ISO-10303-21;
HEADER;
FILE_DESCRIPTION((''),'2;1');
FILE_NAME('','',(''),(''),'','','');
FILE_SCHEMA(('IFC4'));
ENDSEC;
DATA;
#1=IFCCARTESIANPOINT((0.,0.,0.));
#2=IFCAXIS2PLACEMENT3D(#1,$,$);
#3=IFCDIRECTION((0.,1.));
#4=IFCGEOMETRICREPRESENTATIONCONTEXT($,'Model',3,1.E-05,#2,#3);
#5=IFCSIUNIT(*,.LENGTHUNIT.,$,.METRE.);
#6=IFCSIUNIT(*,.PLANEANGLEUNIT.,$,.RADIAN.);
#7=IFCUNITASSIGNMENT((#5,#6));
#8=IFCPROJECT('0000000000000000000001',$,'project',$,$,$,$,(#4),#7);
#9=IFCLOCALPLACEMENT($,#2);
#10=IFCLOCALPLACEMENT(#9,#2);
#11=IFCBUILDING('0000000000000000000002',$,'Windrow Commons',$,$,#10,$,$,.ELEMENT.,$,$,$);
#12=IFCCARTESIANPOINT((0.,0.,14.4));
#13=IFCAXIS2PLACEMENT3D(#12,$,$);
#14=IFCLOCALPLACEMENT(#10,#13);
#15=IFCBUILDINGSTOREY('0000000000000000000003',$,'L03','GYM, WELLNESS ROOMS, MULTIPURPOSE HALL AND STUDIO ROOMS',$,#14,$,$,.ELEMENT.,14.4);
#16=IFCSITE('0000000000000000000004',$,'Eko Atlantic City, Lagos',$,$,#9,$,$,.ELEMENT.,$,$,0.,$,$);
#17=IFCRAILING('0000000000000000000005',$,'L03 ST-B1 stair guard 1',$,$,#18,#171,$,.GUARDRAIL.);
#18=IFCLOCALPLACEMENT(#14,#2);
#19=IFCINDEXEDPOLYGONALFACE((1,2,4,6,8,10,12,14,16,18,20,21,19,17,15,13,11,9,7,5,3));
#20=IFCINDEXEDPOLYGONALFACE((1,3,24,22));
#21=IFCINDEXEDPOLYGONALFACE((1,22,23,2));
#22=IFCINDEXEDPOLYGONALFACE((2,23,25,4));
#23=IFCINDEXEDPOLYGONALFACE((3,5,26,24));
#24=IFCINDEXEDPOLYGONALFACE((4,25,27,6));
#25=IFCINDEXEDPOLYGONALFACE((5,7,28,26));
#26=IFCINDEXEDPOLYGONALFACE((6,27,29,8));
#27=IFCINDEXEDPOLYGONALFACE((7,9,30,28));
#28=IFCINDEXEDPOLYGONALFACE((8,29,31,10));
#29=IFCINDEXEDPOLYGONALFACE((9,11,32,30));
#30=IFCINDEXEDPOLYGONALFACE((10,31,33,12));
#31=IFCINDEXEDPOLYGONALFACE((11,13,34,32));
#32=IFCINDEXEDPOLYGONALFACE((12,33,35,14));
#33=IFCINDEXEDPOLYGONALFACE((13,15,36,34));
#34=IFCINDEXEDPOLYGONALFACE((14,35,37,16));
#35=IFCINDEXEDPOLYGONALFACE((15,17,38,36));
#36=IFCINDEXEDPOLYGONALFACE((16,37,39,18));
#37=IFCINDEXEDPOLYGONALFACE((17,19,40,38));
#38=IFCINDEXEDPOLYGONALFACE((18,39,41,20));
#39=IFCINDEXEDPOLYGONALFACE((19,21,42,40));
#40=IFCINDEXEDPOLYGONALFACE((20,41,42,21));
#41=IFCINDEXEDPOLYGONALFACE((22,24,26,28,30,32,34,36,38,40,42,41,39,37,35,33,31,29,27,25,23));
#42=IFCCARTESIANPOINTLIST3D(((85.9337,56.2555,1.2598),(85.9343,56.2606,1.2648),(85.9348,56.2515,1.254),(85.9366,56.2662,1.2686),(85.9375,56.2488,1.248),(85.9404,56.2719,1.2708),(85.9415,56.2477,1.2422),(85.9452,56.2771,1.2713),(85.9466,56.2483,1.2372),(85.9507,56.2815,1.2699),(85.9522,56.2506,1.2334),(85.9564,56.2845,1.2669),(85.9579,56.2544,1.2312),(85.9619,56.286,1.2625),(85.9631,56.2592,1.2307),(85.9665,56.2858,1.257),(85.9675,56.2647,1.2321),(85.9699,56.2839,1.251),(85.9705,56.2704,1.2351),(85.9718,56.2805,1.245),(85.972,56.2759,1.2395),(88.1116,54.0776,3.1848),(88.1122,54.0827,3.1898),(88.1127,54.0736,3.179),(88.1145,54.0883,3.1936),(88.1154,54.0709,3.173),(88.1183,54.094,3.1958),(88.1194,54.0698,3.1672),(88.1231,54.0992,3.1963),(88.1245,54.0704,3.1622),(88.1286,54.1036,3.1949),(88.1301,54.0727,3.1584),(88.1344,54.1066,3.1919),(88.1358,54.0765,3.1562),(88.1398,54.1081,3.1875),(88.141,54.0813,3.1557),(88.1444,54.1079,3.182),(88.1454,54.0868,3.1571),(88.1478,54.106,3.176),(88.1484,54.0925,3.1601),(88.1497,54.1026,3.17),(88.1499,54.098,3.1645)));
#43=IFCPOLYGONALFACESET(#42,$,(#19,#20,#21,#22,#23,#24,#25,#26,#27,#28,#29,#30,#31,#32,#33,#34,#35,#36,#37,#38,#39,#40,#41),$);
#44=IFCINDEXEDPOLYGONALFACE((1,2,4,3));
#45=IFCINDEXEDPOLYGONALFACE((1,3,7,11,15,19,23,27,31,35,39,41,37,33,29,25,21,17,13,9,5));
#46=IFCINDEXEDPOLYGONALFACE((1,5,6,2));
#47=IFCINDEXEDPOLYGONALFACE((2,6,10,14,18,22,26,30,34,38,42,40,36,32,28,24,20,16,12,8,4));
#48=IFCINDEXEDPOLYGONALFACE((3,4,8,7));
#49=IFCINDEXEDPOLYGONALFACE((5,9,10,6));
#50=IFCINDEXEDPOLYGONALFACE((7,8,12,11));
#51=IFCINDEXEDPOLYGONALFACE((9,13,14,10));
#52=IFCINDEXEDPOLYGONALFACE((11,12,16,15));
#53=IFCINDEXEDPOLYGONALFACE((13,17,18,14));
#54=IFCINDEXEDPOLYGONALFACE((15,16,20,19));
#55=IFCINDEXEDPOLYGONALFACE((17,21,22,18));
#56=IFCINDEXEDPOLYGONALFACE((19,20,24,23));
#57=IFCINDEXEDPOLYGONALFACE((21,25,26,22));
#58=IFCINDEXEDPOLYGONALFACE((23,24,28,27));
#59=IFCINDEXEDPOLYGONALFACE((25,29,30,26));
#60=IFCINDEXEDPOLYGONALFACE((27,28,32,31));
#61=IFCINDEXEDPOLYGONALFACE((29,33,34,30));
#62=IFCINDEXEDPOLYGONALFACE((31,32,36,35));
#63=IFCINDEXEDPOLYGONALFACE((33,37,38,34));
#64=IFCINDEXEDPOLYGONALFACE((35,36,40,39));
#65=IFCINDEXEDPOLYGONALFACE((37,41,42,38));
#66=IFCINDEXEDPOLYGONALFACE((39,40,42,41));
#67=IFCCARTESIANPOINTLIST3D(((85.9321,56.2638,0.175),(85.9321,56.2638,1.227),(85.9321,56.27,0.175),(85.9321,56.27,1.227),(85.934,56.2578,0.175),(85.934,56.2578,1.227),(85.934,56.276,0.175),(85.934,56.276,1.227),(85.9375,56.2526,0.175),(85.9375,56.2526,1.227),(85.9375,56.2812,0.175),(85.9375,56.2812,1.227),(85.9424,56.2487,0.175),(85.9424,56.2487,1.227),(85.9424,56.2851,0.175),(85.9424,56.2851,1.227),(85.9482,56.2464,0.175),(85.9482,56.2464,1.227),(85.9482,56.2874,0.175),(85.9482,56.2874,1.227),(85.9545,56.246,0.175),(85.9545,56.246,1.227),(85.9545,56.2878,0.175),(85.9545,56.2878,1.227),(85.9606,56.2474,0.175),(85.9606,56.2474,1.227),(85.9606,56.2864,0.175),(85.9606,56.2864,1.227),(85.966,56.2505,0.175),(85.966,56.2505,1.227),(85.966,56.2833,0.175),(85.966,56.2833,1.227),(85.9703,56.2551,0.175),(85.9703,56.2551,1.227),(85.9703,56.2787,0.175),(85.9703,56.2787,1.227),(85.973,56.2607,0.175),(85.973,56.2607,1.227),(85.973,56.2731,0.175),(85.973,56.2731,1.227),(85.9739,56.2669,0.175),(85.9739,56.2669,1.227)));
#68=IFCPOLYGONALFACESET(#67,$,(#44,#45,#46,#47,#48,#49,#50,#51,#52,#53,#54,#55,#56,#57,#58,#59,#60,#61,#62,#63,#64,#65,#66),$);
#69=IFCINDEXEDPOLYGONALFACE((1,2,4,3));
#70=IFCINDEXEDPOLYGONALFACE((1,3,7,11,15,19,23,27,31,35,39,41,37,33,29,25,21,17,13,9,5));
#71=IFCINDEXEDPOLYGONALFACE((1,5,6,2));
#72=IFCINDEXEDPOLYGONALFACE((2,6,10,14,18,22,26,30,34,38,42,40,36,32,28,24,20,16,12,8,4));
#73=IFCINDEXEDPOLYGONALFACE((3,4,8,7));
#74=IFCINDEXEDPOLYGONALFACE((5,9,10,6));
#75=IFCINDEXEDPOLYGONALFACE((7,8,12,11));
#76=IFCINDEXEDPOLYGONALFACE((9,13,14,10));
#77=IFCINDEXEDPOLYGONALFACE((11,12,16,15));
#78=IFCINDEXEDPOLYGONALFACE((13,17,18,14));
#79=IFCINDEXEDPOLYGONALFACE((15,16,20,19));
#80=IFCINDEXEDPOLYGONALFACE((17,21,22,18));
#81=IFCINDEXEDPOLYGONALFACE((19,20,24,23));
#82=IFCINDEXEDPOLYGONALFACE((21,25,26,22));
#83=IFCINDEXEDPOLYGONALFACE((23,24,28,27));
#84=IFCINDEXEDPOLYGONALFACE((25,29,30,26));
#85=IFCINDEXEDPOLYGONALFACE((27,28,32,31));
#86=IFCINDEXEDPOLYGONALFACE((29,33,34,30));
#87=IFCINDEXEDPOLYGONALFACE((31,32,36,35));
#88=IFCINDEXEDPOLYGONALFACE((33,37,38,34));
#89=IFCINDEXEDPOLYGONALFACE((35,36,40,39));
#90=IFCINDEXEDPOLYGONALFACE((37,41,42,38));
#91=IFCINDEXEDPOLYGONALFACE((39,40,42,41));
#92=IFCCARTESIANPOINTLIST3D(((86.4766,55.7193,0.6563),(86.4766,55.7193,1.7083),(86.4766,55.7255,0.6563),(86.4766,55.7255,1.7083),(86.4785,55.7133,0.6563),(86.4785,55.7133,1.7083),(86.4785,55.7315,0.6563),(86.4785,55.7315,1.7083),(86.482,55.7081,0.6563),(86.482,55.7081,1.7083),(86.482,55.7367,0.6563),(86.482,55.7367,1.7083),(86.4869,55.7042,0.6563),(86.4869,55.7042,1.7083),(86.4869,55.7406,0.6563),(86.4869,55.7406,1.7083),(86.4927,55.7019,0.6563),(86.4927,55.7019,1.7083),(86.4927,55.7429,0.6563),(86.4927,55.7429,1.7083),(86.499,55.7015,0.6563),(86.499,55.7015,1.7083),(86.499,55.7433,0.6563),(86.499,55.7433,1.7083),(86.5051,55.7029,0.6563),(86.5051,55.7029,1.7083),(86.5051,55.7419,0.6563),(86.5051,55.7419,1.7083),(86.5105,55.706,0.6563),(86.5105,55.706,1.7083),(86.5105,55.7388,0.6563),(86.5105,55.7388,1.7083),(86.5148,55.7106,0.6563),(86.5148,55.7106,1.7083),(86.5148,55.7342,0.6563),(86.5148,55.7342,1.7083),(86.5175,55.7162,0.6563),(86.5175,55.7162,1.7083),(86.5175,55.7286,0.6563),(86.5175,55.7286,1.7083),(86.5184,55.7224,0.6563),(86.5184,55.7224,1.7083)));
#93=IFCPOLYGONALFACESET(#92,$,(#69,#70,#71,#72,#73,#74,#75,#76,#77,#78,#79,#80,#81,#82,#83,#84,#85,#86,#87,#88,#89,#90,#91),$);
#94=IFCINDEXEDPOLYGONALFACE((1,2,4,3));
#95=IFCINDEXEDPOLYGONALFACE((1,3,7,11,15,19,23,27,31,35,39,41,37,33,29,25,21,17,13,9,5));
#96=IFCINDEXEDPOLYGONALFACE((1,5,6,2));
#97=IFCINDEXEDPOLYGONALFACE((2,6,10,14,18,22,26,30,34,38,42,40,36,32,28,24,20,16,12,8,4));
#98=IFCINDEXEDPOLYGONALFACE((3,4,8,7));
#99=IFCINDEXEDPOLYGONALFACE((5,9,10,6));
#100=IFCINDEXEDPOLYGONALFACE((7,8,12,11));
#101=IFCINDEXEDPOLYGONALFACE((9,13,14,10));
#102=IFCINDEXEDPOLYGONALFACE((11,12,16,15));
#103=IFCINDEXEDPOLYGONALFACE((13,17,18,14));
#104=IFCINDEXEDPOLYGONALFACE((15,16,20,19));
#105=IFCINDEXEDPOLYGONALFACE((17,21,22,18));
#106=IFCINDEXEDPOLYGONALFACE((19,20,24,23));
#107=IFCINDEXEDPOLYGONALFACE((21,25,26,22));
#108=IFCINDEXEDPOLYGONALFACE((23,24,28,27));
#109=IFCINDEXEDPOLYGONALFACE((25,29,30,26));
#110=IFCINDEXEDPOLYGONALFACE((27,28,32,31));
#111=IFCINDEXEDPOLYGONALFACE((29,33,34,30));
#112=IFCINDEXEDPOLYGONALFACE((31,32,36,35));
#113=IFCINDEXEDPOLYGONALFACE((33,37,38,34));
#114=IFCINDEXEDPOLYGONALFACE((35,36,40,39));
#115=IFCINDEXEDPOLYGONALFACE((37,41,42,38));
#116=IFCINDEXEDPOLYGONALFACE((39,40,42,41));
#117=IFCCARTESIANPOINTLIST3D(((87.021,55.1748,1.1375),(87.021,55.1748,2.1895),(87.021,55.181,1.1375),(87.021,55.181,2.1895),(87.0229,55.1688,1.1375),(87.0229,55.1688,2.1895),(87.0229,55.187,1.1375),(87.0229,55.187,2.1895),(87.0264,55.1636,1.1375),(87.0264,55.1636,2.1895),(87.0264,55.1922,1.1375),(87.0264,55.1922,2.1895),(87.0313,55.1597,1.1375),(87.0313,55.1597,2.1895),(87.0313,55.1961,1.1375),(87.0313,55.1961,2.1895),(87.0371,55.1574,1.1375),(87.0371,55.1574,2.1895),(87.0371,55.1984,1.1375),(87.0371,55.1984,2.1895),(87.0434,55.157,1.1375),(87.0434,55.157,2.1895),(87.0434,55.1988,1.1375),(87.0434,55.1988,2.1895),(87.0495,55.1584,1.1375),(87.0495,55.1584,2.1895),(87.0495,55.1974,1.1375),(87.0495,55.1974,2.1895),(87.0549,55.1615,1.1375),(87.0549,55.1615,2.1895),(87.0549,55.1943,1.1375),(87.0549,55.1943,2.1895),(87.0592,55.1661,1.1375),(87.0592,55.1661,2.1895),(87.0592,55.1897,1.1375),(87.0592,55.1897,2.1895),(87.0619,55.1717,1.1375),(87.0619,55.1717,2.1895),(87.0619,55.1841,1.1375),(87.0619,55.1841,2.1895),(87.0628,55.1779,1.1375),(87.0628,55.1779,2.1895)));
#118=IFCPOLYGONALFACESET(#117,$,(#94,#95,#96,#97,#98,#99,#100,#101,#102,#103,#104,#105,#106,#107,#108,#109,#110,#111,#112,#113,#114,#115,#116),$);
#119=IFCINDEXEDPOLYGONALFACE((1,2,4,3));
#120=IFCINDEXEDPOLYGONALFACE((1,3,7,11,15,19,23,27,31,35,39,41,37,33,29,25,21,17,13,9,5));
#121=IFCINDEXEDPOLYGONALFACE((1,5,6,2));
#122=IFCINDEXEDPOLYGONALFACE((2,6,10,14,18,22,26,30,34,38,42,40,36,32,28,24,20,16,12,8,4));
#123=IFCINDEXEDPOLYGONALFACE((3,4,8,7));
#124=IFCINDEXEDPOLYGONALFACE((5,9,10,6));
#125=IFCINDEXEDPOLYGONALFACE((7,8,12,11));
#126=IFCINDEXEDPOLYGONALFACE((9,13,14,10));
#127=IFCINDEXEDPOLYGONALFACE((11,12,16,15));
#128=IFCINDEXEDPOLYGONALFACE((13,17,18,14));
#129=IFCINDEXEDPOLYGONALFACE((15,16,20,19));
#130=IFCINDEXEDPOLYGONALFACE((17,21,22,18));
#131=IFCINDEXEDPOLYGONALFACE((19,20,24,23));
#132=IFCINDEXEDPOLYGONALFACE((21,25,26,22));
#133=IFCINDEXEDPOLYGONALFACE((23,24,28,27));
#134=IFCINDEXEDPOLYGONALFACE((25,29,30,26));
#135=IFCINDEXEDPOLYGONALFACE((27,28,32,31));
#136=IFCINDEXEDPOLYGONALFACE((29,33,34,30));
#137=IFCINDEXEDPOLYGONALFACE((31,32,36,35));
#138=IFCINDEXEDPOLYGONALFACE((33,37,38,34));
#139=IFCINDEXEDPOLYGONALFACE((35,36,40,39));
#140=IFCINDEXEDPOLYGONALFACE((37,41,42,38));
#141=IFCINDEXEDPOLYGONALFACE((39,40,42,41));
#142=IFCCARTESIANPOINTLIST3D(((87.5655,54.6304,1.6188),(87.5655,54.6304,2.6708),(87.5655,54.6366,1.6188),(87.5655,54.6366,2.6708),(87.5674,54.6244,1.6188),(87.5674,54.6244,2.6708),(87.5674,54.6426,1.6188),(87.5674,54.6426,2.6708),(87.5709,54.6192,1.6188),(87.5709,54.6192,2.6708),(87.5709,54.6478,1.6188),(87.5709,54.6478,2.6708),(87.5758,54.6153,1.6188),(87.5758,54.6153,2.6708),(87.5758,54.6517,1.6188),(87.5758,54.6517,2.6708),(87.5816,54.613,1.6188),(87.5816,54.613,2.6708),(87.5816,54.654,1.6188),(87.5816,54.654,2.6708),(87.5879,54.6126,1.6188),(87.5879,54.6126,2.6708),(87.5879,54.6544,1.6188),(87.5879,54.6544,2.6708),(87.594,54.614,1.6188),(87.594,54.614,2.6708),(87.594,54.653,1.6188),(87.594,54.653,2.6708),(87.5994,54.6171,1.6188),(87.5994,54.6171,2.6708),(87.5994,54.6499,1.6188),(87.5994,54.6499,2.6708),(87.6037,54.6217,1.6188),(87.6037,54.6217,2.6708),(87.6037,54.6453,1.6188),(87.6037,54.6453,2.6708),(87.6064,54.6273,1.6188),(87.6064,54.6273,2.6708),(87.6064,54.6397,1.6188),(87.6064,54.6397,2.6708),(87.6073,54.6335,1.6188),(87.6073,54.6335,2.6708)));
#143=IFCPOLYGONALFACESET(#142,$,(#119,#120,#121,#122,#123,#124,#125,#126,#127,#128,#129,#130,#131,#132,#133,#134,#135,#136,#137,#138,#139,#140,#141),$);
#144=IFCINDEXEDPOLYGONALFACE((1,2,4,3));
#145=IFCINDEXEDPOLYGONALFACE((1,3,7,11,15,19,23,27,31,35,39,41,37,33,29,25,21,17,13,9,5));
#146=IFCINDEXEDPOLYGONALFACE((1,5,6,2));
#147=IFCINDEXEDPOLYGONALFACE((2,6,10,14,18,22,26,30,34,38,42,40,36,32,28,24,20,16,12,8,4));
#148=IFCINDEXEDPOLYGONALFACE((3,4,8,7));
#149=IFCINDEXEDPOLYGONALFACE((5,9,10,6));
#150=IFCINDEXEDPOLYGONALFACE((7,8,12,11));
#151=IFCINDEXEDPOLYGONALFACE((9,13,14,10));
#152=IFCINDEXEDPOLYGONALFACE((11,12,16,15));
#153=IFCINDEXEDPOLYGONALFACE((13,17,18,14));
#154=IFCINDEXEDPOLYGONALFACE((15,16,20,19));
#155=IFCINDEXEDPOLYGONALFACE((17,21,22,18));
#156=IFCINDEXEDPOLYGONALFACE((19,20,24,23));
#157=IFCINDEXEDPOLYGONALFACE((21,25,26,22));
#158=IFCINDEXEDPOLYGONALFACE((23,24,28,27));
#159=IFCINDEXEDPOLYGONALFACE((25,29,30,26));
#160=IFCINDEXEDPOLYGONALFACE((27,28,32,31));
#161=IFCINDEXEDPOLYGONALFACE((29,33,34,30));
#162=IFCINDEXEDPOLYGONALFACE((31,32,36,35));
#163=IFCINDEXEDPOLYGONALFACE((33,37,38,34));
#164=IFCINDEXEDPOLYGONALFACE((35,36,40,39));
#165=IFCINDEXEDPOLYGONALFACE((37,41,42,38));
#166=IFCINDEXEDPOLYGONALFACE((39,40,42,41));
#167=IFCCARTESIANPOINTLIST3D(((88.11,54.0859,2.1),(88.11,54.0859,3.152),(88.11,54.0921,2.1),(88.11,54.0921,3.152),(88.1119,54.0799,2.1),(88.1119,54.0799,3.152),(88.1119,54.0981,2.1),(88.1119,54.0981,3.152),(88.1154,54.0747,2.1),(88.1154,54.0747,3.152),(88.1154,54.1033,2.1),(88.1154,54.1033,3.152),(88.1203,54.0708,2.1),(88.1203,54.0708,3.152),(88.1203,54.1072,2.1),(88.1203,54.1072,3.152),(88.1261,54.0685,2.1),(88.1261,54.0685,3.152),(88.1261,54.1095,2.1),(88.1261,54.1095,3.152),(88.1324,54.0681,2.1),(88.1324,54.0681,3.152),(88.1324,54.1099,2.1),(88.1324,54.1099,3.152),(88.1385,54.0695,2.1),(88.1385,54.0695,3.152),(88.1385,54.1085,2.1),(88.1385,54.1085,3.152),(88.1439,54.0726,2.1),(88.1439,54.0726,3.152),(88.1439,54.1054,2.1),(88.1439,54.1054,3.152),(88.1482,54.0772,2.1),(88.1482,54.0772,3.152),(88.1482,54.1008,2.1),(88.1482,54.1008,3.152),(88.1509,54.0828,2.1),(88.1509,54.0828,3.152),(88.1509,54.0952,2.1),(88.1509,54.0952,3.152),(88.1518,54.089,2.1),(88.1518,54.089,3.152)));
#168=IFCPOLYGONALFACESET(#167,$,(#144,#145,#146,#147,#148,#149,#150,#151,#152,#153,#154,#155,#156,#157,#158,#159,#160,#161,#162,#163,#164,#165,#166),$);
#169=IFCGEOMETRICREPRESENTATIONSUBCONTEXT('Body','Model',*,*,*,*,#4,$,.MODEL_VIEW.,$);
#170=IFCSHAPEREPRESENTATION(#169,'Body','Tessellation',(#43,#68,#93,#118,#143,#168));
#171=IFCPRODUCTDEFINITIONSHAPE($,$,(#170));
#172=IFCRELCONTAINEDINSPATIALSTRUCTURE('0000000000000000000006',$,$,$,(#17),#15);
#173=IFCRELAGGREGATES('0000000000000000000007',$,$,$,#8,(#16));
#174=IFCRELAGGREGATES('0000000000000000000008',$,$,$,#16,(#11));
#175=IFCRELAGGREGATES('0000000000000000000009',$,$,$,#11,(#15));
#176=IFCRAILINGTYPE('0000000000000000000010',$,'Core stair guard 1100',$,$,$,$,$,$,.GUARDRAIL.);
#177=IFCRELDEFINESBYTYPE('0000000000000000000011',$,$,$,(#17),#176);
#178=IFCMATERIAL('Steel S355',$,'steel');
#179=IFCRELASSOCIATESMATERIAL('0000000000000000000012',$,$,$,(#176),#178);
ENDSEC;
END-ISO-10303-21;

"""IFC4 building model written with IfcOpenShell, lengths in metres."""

from ifc_helpers import new_model, si_unit, direction, frame, origin, origin_2d, place, context, subcontext, project, spatial, circle, extrude, material, type_object, element, save


model = new_model("IFC4")

# Units and contexts
model_context = context("Model", 3, precision=1e-05, world=origin(), true_north=direction((0.0, 1.0)))
body_context = subcontext(model_context, "Body", "Model", "MODEL_VIEW")
ifc_project = project(units=[si_unit("LENGTHUNIT", "METRE"), si_unit("PLANEANGLEUNIT", "RADIAN")], contexts=[model_context])

# Site, building, storey
site_placement = place(None, origin())
site = spatial("IfcSite", under=ifc_project, at=site_placement, Name="Eko Atlantic City, Lagos", CompositionType="ELEMENT", RefElevation=0.0)
building_placement = place(site_placement, origin())
building = spatial("IfcBuilding", under=site, at=building_placement, Name="Windrow Commons", CompositionType="ELEMENT")
storey_placement = place(building_placement, frame((0.0, 0.0, 14.4)))
storey = spatial("IfcBuildingStorey", under=building, at=storey_placement, Name="L03", Description="GYM, WELLNESS ROOMS, MULTIPURPOSE HALL AND STUDIO ROOMS", CompositionType="ELEMENT", Elevation=14.4)

# Railing
ifc_material_1 = material(Name="Steel S355", Category="steel")
railing_type = type_object("IfcRailingType", Name="Core stair guard 1100", PredefinedType="GUARDRAIL", material=ifc_material_1)
railing_1_placement = place(storey_placement, frame((85.9529, 56.2669, 0.175)))
element("IfcRailing", 1, at=railing_1_placement, inside=storey, type_object=railing_type, Name="L03 ST-B1 stair guard 1", PredefinedType="GUARDRAIL", context=body_context, shape_type="SweptSolid", body=[
    extrude(circle(Radius=0.024, at=origin_2d()), frame((0.0, 0.0, 1.076), z_axis=(0.599626, -0.599626, 0.529997), x_axis=(0.707107, 0.707107, 0.0)), (0.0, 0.0, 1.0), 3.6321),
    extrude(circle(Radius=0.021, at=origin_2d()), origin(), (0.0, 0.0, 1.0), 1.052),
    extrude(circle(Radius=0.021, at=origin_2d()), frame((0.5445, -0.5445, 0.4813)), (0.0, 0.0, 1.0), 1.052),
    extrude(circle(Radius=0.021, at=origin_2d()), frame((1.0889, -1.089, 0.9625)), (0.0, 0.0, 1.0), 1.052),
    extrude(circle(Radius=0.021, at=origin_2d()), frame((1.6334, -1.6334, 1.4438)), (0.0, 0.0, 1.0), 1.052),
    extrude(circle(Radius=0.021, at=origin_2d()), frame((2.1779, -2.1779, 1.925)), (0.0, 0.0, 1.0), 1.052),
])

save(model, "model.ifc")
